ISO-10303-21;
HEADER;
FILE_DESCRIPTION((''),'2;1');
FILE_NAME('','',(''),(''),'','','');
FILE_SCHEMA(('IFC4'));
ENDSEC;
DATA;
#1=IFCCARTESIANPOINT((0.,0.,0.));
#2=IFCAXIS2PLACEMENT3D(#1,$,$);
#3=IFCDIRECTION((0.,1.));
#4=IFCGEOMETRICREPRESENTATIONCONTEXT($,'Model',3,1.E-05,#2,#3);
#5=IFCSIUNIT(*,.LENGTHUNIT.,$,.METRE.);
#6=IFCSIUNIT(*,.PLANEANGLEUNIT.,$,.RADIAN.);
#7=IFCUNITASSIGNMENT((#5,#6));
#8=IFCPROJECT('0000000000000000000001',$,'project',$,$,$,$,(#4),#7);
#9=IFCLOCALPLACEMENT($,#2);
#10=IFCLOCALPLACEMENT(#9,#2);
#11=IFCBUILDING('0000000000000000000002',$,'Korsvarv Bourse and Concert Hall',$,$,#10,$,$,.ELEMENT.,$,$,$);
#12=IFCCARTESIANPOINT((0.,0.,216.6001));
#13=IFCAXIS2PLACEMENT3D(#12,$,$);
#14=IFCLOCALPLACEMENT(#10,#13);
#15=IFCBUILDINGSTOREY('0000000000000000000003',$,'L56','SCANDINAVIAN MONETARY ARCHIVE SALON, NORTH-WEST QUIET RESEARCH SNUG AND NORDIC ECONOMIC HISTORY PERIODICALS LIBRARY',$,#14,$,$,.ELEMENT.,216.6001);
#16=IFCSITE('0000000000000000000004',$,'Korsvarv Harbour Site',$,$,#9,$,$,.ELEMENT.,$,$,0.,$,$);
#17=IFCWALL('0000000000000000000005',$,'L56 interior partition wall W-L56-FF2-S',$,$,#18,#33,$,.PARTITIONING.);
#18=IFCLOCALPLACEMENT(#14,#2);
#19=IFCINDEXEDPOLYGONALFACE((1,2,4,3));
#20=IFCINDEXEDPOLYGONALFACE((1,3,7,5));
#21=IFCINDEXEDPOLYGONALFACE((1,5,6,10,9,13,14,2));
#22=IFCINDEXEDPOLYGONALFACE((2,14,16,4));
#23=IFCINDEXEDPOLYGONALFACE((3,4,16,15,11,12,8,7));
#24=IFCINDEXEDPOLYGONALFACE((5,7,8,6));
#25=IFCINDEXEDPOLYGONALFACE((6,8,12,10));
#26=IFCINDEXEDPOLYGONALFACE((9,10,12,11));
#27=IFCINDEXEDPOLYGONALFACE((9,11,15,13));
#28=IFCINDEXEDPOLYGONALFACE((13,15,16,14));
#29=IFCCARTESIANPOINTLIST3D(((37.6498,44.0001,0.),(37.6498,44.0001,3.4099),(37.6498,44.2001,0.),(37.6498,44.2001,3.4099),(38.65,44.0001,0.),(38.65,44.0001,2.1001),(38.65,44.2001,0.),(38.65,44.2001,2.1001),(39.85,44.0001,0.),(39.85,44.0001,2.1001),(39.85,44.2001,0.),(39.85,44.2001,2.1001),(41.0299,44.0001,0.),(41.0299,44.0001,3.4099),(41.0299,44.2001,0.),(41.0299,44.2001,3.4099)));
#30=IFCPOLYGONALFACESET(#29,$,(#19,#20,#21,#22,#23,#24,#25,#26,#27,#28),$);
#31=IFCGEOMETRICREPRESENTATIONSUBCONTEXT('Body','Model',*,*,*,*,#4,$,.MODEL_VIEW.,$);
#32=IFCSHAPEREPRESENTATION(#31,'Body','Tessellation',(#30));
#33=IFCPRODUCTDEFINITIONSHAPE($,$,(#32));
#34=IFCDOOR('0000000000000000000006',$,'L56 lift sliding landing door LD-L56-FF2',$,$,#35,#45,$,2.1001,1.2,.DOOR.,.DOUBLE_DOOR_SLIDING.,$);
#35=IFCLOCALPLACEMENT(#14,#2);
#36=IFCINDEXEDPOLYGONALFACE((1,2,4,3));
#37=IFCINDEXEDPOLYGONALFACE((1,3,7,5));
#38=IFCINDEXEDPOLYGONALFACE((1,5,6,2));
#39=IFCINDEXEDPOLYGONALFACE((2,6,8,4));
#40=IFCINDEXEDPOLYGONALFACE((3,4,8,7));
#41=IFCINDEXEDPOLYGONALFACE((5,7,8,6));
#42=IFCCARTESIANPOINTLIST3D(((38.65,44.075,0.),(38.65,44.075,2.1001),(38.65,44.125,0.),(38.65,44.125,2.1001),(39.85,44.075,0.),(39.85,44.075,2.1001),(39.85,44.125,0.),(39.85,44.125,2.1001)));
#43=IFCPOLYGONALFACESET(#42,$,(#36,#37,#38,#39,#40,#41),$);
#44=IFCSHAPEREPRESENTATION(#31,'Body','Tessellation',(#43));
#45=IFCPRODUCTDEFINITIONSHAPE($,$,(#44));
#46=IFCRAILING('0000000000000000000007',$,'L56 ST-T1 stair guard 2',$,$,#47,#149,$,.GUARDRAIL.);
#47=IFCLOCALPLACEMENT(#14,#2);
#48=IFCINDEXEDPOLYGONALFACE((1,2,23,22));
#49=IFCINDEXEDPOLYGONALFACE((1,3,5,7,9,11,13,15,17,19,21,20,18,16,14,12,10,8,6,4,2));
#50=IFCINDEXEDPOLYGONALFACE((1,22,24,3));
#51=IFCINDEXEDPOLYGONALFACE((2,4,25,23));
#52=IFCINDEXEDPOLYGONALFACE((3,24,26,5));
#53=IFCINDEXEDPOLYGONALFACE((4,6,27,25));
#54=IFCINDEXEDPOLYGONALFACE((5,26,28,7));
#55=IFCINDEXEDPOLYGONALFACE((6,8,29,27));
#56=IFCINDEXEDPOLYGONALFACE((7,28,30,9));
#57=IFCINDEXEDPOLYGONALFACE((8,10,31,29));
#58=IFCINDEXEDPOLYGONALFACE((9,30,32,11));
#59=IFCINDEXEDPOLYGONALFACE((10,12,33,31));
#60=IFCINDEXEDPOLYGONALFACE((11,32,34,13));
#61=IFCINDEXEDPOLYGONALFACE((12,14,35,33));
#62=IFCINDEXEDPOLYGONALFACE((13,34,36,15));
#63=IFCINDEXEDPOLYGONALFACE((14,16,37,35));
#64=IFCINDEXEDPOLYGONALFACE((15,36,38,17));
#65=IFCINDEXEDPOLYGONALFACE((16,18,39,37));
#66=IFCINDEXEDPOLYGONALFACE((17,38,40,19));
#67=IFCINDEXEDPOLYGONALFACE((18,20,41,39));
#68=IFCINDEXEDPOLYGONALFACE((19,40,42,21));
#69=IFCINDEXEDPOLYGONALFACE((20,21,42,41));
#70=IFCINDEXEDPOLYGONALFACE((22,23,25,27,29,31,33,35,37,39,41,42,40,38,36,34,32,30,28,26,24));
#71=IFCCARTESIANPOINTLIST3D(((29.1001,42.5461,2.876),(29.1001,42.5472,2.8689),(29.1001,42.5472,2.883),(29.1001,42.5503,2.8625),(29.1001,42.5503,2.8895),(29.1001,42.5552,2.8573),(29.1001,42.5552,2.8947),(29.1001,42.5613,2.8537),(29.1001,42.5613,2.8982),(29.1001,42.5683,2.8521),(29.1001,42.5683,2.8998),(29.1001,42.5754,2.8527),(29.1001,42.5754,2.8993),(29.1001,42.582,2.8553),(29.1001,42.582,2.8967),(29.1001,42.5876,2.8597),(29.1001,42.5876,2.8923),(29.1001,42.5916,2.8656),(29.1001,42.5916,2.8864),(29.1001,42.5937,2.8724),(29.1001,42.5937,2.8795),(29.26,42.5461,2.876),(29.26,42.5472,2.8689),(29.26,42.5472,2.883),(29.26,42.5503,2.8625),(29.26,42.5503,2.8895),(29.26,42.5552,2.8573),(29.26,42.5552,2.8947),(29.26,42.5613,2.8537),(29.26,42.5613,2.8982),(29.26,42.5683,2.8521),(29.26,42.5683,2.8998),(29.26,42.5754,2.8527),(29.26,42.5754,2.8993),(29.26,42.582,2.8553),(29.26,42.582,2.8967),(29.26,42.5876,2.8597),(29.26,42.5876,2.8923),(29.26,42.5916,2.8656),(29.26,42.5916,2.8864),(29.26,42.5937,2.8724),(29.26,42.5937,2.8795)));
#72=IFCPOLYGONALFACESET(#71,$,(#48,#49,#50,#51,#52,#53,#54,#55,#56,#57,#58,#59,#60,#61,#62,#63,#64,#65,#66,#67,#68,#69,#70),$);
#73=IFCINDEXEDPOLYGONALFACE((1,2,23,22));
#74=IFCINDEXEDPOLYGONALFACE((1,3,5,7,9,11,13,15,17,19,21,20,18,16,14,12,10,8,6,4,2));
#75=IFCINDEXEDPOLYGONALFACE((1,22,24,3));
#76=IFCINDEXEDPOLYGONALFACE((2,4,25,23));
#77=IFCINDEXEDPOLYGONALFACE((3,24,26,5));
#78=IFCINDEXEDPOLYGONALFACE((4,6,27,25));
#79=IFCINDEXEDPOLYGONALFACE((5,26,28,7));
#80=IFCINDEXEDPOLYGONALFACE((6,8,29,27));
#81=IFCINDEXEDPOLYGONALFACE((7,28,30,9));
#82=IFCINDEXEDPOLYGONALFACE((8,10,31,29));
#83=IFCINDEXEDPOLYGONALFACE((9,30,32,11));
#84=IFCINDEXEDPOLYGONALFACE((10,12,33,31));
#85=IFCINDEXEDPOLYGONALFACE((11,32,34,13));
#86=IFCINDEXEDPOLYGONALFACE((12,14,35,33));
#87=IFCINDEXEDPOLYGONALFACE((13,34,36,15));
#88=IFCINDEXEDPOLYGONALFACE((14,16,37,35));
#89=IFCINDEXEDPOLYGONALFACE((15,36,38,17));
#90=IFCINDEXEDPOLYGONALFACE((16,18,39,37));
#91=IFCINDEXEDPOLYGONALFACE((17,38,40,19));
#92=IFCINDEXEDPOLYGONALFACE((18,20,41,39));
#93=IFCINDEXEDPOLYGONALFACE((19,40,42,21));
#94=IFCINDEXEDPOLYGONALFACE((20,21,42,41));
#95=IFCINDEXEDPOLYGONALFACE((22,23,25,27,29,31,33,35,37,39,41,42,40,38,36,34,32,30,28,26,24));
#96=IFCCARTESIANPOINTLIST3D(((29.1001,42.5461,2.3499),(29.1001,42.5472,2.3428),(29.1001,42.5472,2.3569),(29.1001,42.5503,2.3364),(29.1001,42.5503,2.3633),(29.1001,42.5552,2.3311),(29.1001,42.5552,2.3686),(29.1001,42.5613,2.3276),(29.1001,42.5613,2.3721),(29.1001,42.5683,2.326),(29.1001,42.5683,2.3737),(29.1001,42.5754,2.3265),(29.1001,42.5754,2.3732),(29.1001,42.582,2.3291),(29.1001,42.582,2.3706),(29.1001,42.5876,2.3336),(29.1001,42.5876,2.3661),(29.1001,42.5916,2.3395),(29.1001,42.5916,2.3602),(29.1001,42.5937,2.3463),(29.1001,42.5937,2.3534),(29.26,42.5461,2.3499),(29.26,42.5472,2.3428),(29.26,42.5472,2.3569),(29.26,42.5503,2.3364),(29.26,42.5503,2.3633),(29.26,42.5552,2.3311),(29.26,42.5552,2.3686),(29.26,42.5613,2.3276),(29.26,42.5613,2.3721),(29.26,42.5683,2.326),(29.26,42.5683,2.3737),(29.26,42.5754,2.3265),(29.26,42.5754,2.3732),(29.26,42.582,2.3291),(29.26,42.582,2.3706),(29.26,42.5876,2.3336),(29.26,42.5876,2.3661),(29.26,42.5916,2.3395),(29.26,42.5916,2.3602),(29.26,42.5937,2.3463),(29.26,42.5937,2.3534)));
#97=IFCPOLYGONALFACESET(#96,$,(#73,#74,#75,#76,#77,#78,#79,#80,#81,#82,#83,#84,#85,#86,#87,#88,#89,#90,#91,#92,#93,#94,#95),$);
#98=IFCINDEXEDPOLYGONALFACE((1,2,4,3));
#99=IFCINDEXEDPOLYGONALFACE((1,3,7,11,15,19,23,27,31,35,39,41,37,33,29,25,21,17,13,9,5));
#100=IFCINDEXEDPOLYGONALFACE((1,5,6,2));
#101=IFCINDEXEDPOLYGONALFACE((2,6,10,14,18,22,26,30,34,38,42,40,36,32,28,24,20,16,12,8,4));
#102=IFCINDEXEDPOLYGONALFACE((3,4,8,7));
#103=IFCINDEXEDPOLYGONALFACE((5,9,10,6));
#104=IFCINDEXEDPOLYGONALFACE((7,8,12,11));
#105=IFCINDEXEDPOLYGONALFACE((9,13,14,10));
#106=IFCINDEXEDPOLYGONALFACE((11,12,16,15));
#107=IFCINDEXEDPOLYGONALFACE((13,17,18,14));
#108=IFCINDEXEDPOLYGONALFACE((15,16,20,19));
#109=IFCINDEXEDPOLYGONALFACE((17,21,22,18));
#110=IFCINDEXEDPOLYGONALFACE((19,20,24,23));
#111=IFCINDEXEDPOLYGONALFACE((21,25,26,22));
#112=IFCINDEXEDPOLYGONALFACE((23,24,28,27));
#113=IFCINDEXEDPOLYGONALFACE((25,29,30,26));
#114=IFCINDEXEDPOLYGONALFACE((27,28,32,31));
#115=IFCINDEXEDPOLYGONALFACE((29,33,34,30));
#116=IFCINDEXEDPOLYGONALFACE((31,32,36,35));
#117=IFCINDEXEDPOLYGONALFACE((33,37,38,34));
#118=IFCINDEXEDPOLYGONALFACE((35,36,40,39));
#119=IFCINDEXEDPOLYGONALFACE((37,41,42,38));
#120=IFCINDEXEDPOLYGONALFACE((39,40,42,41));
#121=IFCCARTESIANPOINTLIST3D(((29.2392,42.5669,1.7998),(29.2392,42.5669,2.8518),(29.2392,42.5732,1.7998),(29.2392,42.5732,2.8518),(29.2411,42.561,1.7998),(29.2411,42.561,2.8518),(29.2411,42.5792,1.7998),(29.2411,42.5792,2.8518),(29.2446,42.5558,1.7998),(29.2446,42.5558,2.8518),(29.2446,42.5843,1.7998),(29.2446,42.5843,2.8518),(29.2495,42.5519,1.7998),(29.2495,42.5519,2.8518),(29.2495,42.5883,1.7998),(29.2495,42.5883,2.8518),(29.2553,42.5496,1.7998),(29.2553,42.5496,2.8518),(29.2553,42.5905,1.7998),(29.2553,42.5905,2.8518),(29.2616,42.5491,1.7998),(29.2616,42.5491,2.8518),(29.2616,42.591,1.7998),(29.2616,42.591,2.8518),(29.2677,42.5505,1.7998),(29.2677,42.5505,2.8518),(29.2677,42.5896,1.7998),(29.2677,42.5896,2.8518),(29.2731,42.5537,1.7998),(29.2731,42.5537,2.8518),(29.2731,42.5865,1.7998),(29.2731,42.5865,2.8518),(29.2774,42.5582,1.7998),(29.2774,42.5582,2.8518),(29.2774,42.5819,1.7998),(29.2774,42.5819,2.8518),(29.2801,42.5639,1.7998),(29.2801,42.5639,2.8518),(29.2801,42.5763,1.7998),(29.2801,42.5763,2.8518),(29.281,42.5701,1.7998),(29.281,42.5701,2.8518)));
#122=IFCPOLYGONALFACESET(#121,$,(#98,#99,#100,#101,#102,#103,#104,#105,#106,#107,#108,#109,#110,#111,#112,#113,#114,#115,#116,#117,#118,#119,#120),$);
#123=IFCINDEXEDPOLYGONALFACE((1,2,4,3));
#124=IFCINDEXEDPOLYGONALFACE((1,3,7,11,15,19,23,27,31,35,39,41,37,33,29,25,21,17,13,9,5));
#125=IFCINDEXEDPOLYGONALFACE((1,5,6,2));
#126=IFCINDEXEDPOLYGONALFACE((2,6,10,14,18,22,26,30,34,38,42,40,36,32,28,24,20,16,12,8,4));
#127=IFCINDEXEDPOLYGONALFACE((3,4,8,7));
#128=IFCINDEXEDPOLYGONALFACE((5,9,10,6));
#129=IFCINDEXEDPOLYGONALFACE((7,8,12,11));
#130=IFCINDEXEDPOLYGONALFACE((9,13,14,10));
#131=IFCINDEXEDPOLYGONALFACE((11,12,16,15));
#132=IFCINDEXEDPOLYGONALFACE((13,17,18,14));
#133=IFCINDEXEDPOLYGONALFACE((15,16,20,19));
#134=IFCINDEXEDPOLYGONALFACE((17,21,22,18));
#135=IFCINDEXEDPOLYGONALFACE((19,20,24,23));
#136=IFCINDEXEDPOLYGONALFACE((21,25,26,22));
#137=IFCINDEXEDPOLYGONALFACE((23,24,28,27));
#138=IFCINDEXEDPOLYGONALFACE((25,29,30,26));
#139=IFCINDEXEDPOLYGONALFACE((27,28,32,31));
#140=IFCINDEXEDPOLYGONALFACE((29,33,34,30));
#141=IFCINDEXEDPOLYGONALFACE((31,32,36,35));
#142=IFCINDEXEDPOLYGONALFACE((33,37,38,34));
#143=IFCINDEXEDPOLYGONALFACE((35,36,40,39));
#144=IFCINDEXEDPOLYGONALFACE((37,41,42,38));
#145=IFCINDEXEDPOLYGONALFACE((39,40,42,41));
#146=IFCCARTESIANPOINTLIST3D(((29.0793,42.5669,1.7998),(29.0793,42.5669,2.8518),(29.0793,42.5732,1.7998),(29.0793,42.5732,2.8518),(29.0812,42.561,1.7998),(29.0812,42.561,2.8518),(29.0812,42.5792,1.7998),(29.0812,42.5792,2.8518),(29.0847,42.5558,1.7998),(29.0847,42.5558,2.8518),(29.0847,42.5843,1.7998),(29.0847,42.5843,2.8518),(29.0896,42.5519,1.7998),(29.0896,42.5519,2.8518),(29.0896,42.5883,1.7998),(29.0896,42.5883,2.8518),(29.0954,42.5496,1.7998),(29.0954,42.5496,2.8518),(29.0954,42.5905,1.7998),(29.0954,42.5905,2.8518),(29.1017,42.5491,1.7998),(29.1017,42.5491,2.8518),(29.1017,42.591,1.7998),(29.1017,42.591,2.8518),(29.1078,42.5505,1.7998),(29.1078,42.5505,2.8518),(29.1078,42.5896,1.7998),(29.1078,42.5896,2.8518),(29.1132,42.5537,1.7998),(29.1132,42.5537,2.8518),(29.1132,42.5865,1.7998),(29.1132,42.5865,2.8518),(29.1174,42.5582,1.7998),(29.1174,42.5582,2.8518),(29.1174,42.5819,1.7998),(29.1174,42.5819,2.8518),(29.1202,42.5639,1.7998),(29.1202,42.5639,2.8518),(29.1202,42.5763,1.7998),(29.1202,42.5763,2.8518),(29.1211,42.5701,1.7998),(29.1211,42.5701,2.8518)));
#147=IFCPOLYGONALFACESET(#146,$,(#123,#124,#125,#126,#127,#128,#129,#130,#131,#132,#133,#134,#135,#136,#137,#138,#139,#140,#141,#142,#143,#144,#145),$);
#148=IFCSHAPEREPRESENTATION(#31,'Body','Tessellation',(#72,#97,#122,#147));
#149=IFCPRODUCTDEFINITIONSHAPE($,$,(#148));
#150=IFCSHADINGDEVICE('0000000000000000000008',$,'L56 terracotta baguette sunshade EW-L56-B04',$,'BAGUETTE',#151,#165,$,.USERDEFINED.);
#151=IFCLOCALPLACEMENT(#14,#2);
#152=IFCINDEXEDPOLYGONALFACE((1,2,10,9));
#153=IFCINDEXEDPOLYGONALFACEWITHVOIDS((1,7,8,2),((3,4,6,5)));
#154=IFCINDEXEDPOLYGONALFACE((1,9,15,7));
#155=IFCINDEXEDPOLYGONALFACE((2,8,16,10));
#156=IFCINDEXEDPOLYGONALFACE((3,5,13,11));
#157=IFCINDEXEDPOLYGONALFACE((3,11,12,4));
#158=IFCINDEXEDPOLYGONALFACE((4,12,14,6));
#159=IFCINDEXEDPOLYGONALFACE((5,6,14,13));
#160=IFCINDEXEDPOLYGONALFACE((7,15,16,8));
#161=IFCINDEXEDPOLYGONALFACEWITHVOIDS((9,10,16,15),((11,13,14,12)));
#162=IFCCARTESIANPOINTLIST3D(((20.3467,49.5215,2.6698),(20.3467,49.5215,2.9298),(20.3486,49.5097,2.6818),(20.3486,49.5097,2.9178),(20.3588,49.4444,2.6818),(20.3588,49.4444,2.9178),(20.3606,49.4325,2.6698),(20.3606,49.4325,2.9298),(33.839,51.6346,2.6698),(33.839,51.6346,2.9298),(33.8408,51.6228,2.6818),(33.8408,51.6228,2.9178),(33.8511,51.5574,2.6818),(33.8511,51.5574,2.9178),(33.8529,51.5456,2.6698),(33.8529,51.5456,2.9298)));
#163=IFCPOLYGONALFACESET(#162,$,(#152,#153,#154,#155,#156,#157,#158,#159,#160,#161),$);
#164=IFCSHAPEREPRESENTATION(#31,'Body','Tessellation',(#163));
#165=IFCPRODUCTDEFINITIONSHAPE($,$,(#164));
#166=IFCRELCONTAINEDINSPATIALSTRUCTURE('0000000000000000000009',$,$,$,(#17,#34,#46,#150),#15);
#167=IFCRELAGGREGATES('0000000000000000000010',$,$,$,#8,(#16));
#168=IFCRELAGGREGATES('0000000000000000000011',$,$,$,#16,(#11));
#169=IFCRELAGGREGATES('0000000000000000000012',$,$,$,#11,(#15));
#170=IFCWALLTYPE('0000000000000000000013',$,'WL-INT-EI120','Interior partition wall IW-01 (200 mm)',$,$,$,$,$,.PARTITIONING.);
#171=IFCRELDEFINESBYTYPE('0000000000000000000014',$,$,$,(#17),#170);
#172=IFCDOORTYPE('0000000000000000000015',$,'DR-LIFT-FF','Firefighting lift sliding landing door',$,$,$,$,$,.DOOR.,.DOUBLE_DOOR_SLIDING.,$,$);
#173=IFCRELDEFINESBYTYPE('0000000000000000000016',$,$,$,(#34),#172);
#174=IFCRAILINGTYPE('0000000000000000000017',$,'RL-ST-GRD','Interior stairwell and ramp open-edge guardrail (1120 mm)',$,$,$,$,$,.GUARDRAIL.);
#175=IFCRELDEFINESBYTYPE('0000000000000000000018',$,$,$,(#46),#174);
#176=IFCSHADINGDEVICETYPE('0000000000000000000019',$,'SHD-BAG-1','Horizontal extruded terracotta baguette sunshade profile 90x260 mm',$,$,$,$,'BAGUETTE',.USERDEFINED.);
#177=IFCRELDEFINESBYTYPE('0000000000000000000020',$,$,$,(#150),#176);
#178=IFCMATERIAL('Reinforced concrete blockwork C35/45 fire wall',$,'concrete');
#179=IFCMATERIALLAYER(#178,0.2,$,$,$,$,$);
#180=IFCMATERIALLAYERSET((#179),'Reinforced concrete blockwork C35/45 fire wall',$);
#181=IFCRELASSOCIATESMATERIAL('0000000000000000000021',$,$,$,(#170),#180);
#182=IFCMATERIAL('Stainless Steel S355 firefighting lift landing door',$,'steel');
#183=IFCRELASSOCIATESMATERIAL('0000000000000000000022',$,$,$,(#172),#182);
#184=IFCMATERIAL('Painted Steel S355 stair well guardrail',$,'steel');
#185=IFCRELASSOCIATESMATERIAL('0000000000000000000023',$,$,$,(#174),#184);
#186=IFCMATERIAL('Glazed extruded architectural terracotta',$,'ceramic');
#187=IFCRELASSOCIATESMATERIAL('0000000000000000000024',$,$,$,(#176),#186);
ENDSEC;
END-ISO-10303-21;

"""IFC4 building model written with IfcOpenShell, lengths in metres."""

from ifc_helpers import new_model, si_unit, direction, frame, frame_2d, origin, origin_2d, place, context, subcontext, project, spatial, rectangle, hollow_rectangle, circle, extrude, source, transform, mapped, material, layer, layer_set, material_profile, profile_set, type_object, element, fill, save


model = new_model("IFC4")

# Units and contexts
model_context = context("Model", 3, precision=1e-05, world=origin(), true_north=direction((0.0, 1.0)))
body_context = subcontext(model_context, "Body", "Model", "MODEL_VIEW")
ifc_project = project(units=[si_unit("LENGTHUNIT", "METRE"), si_unit("PLANEANGLEUNIT", "RADIAN")], contexts=[model_context])

# Site, building, storey
site_placement = place(None, origin())
site = spatial("IfcSite", under=ifc_project, at=site_placement, Name="Korsvarv Harbour Site", CompositionType="ELEMENT", RefElevation=0.0)
building_placement = place(site_placement, origin())
building = spatial("IfcBuilding", under=site, at=building_placement, Name="Korsvarv Bourse and Concert Hall", CompositionType="ELEMENT")
storey_placement = place(building_placement, frame((0.0, 0.0, 216.6001)))
storey = spatial("IfcBuildingStorey", under=building, at=storey_placement, Name="L56", Description="SCANDINAVIAN MONETARY ARCHIVE SALON, NORTH-WEST QUIET RESEARCH SNUG AND NORDIC ECONOMIC HISTORY PERIODICALS LIBRARY", CompositionType="ELEMENT", Elevation=216.6001)

# Wall, opening, door
ifc_material_1 = material(Name="Reinforced concrete blockwork C35/45 fire wall", Category="concrete")
ifc_layer_1 = layer(ifc_material_1, 0.2)
ifc_layer_set_1 = layer_set([ifc_layer_1], Name="Reinforced concrete blockwork C35/45 fire wall")
wall_type_1 = type_object("IfcWallType", Name="WL-INT-EI120", Description="Interior partition wall IW-01 (200 mm)", PredefinedType="PARTITIONING", material=ifc_layer_set_1)
ifc_material_2 = material(Name="Stainless Steel S355 firefighting lift landing door", Category="steel")
door_type = type_object("IfcDoorType", Name="DR-LIFT-FF", Description="Firefighting lift sliding landing door", OperationType="DOUBLE_DOOR_SLIDING", PredefinedType="DOOR", material=ifc_material_2)
wall_1_placement = place(storey_placement, frame((37.6499, 44.1001, 0.0), z_axis=(0.0, 0.0, 1.0), x_axis=(1.0, 0.0, 0.0)))
wall_1 = element("IfcWall", 1, at=wall_1_placement, inside=storey, type_object=wall_type_1, Name="L56 interior partition wall W-L56-FF2-S", PredefinedType="PARTITIONING", context=body_context, shape_type="SweptSolid", body=[
    extrude(rectangle(XDim=3.3801, YDim=0.2, at=frame_2d((1.6899, 0.0))), origin(), (0.0, 0.0, 1.0), 3.4099),
])
opening_1_placement = place(wall_1_placement, frame((1.0, 0.0, 0.0)))
opening_1 = element("IfcOpeningElement", 2, at=opening_1_placement, cuts=wall_1, PredefinedType="OPENING", context=body_context, shape_type="SweptSolid", body=[
    extrude(rectangle(XDim=1.2, YDim=2.1001, at=frame_2d((0.6001, 1.05))), frame((0.0, 0.1099, 0.0), z_axis=(0.0, -1.0, 0.0), x_axis=(1.0, 0.0, 0.0)), (0.0, 0.0, 1.0), 0.22),
])
door_1_placement = place(opening_1_placement, origin())
door_1 = element("IfcDoor", 3, at=door_1_placement, inside=storey, type_object=door_type, Name="L56 lift sliding landing door LD-L56-FF2", OperationType="DOUBLE_DOOR_SLIDING", OverallHeight=2.1001, OverallWidth=1.2, PredefinedType="DOOR", context=body_context, shape_type="SweptSolid", body=[
    extrude(rectangle(XDim=1.2, YDim=2.1001, at=frame_2d((0.6001, 1.05))), frame((0.0, 0.0249, 0.0), z_axis=(0.0, -1.0, 0.0), x_axis=(1.0, 0.0, 0.0)), (0.0, 0.0, 1.0), 0.05),
])
fill(opening_1, door_1)

# Railing
ifc_material_3 = material(Name="Painted Steel S355 stair well guardrail", Category="steel")
railing_type = type_object("IfcRailingType", Name="RL-ST-GRD", Description="Interior stairwell and ramp open-edge guardrail (1120 mm)", PredefinedType="GUARDRAIL", material=ifc_material_3)
railing_placement = place(storey_placement, frame((29.26, 42.5701, 1.7998)))
element("IfcRailing", 4, at=railing_placement, inside=storey, type_object=railing_type, Name="L56 ST-T1 stair guard 2", PredefinedType="GUARDRAIL", context=body_context, shape_type="SweptSolid", body=[
    extrude(circle(Radius=0.0239, at=origin_2d()), frame((0.0, 0.0, 1.0762), z_axis=(-1.0, 0.0, 0.0), x_axis=(0.0, -1.0, 0.0)), (0.0, 0.0, 1.0), 0.1599),
    extrude(circle(Radius=0.0239, at=origin_2d()), frame((0.0, 0.0, 0.55), z_axis=(-1.0, 0.0, 0.0), x_axis=(0.0, -1.0, 0.0)), (0.0, 0.0, 1.0), 0.1599),
    extrude(circle(Radius=0.021, at=origin_2d()), origin(), (0.0, 0.0, 1.0), 1.052),
    extrude(circle(Radius=0.021, at=origin_2d()), frame((-0.1599, 0.0, 0.0)), (0.0, 0.0, 1.0), 1.052),
])

# Shading device
ifc_material_4 = material(Name="Glazed extruded architectural terracotta", Category="ceramic")
ifc_material_profile_1 = material_profile(ifc_material_4, hollow_rectangle(XDim=0.0901, YDim=0.26, WallThickness=0.012, at=origin_2d()), Name="TC-BAG 90x260")
ifc_profile_set_1 = profile_set([ifc_material_profile_1], Name="Glazed extruded architectural terracotta")
shading_device_type = type_object("IfcShadingDeviceType", Name="SHD-BAG-1", Description="Horizontal extruded terracotta baguette sunshade profile 90x260 mm", ElementType="BAGUETTE", PredefinedType="USERDEFINED", material=ifc_profile_set_1)
shared_shape_1 = source(origin(), body_context, "Body", "SweptSolid", [
    extrude(hollow_rectangle(XDim=0.0901, YDim=0.26, WallThickness=0.012, at=origin_2d()), origin(), (0.0, 0.0, 1.0), 13.6567),
])
shading_device_placement = place(storey_placement, frame((33.8459, 51.5901, 2.7998), z_axis=(-0.987957, -0.154726, 0.0), x_axis=(0.154726, -0.987957, 0.0)))
element("IfcShadingDevice", 5, at=shading_device_placement, inside=storey, type_object=shading_device_type, Name="L56 terracotta baguette sunshade EW-L56-B04", ObjectType="BAGUETTE", PredefinedType="USERDEFINED", context=body_context, shape_type="MappedRepresentation", body=[
    mapped(shared_shape_1, transform((0.0, 0.0, 0.0), scale=1.0)),
])

save(model, "model.ifc")
